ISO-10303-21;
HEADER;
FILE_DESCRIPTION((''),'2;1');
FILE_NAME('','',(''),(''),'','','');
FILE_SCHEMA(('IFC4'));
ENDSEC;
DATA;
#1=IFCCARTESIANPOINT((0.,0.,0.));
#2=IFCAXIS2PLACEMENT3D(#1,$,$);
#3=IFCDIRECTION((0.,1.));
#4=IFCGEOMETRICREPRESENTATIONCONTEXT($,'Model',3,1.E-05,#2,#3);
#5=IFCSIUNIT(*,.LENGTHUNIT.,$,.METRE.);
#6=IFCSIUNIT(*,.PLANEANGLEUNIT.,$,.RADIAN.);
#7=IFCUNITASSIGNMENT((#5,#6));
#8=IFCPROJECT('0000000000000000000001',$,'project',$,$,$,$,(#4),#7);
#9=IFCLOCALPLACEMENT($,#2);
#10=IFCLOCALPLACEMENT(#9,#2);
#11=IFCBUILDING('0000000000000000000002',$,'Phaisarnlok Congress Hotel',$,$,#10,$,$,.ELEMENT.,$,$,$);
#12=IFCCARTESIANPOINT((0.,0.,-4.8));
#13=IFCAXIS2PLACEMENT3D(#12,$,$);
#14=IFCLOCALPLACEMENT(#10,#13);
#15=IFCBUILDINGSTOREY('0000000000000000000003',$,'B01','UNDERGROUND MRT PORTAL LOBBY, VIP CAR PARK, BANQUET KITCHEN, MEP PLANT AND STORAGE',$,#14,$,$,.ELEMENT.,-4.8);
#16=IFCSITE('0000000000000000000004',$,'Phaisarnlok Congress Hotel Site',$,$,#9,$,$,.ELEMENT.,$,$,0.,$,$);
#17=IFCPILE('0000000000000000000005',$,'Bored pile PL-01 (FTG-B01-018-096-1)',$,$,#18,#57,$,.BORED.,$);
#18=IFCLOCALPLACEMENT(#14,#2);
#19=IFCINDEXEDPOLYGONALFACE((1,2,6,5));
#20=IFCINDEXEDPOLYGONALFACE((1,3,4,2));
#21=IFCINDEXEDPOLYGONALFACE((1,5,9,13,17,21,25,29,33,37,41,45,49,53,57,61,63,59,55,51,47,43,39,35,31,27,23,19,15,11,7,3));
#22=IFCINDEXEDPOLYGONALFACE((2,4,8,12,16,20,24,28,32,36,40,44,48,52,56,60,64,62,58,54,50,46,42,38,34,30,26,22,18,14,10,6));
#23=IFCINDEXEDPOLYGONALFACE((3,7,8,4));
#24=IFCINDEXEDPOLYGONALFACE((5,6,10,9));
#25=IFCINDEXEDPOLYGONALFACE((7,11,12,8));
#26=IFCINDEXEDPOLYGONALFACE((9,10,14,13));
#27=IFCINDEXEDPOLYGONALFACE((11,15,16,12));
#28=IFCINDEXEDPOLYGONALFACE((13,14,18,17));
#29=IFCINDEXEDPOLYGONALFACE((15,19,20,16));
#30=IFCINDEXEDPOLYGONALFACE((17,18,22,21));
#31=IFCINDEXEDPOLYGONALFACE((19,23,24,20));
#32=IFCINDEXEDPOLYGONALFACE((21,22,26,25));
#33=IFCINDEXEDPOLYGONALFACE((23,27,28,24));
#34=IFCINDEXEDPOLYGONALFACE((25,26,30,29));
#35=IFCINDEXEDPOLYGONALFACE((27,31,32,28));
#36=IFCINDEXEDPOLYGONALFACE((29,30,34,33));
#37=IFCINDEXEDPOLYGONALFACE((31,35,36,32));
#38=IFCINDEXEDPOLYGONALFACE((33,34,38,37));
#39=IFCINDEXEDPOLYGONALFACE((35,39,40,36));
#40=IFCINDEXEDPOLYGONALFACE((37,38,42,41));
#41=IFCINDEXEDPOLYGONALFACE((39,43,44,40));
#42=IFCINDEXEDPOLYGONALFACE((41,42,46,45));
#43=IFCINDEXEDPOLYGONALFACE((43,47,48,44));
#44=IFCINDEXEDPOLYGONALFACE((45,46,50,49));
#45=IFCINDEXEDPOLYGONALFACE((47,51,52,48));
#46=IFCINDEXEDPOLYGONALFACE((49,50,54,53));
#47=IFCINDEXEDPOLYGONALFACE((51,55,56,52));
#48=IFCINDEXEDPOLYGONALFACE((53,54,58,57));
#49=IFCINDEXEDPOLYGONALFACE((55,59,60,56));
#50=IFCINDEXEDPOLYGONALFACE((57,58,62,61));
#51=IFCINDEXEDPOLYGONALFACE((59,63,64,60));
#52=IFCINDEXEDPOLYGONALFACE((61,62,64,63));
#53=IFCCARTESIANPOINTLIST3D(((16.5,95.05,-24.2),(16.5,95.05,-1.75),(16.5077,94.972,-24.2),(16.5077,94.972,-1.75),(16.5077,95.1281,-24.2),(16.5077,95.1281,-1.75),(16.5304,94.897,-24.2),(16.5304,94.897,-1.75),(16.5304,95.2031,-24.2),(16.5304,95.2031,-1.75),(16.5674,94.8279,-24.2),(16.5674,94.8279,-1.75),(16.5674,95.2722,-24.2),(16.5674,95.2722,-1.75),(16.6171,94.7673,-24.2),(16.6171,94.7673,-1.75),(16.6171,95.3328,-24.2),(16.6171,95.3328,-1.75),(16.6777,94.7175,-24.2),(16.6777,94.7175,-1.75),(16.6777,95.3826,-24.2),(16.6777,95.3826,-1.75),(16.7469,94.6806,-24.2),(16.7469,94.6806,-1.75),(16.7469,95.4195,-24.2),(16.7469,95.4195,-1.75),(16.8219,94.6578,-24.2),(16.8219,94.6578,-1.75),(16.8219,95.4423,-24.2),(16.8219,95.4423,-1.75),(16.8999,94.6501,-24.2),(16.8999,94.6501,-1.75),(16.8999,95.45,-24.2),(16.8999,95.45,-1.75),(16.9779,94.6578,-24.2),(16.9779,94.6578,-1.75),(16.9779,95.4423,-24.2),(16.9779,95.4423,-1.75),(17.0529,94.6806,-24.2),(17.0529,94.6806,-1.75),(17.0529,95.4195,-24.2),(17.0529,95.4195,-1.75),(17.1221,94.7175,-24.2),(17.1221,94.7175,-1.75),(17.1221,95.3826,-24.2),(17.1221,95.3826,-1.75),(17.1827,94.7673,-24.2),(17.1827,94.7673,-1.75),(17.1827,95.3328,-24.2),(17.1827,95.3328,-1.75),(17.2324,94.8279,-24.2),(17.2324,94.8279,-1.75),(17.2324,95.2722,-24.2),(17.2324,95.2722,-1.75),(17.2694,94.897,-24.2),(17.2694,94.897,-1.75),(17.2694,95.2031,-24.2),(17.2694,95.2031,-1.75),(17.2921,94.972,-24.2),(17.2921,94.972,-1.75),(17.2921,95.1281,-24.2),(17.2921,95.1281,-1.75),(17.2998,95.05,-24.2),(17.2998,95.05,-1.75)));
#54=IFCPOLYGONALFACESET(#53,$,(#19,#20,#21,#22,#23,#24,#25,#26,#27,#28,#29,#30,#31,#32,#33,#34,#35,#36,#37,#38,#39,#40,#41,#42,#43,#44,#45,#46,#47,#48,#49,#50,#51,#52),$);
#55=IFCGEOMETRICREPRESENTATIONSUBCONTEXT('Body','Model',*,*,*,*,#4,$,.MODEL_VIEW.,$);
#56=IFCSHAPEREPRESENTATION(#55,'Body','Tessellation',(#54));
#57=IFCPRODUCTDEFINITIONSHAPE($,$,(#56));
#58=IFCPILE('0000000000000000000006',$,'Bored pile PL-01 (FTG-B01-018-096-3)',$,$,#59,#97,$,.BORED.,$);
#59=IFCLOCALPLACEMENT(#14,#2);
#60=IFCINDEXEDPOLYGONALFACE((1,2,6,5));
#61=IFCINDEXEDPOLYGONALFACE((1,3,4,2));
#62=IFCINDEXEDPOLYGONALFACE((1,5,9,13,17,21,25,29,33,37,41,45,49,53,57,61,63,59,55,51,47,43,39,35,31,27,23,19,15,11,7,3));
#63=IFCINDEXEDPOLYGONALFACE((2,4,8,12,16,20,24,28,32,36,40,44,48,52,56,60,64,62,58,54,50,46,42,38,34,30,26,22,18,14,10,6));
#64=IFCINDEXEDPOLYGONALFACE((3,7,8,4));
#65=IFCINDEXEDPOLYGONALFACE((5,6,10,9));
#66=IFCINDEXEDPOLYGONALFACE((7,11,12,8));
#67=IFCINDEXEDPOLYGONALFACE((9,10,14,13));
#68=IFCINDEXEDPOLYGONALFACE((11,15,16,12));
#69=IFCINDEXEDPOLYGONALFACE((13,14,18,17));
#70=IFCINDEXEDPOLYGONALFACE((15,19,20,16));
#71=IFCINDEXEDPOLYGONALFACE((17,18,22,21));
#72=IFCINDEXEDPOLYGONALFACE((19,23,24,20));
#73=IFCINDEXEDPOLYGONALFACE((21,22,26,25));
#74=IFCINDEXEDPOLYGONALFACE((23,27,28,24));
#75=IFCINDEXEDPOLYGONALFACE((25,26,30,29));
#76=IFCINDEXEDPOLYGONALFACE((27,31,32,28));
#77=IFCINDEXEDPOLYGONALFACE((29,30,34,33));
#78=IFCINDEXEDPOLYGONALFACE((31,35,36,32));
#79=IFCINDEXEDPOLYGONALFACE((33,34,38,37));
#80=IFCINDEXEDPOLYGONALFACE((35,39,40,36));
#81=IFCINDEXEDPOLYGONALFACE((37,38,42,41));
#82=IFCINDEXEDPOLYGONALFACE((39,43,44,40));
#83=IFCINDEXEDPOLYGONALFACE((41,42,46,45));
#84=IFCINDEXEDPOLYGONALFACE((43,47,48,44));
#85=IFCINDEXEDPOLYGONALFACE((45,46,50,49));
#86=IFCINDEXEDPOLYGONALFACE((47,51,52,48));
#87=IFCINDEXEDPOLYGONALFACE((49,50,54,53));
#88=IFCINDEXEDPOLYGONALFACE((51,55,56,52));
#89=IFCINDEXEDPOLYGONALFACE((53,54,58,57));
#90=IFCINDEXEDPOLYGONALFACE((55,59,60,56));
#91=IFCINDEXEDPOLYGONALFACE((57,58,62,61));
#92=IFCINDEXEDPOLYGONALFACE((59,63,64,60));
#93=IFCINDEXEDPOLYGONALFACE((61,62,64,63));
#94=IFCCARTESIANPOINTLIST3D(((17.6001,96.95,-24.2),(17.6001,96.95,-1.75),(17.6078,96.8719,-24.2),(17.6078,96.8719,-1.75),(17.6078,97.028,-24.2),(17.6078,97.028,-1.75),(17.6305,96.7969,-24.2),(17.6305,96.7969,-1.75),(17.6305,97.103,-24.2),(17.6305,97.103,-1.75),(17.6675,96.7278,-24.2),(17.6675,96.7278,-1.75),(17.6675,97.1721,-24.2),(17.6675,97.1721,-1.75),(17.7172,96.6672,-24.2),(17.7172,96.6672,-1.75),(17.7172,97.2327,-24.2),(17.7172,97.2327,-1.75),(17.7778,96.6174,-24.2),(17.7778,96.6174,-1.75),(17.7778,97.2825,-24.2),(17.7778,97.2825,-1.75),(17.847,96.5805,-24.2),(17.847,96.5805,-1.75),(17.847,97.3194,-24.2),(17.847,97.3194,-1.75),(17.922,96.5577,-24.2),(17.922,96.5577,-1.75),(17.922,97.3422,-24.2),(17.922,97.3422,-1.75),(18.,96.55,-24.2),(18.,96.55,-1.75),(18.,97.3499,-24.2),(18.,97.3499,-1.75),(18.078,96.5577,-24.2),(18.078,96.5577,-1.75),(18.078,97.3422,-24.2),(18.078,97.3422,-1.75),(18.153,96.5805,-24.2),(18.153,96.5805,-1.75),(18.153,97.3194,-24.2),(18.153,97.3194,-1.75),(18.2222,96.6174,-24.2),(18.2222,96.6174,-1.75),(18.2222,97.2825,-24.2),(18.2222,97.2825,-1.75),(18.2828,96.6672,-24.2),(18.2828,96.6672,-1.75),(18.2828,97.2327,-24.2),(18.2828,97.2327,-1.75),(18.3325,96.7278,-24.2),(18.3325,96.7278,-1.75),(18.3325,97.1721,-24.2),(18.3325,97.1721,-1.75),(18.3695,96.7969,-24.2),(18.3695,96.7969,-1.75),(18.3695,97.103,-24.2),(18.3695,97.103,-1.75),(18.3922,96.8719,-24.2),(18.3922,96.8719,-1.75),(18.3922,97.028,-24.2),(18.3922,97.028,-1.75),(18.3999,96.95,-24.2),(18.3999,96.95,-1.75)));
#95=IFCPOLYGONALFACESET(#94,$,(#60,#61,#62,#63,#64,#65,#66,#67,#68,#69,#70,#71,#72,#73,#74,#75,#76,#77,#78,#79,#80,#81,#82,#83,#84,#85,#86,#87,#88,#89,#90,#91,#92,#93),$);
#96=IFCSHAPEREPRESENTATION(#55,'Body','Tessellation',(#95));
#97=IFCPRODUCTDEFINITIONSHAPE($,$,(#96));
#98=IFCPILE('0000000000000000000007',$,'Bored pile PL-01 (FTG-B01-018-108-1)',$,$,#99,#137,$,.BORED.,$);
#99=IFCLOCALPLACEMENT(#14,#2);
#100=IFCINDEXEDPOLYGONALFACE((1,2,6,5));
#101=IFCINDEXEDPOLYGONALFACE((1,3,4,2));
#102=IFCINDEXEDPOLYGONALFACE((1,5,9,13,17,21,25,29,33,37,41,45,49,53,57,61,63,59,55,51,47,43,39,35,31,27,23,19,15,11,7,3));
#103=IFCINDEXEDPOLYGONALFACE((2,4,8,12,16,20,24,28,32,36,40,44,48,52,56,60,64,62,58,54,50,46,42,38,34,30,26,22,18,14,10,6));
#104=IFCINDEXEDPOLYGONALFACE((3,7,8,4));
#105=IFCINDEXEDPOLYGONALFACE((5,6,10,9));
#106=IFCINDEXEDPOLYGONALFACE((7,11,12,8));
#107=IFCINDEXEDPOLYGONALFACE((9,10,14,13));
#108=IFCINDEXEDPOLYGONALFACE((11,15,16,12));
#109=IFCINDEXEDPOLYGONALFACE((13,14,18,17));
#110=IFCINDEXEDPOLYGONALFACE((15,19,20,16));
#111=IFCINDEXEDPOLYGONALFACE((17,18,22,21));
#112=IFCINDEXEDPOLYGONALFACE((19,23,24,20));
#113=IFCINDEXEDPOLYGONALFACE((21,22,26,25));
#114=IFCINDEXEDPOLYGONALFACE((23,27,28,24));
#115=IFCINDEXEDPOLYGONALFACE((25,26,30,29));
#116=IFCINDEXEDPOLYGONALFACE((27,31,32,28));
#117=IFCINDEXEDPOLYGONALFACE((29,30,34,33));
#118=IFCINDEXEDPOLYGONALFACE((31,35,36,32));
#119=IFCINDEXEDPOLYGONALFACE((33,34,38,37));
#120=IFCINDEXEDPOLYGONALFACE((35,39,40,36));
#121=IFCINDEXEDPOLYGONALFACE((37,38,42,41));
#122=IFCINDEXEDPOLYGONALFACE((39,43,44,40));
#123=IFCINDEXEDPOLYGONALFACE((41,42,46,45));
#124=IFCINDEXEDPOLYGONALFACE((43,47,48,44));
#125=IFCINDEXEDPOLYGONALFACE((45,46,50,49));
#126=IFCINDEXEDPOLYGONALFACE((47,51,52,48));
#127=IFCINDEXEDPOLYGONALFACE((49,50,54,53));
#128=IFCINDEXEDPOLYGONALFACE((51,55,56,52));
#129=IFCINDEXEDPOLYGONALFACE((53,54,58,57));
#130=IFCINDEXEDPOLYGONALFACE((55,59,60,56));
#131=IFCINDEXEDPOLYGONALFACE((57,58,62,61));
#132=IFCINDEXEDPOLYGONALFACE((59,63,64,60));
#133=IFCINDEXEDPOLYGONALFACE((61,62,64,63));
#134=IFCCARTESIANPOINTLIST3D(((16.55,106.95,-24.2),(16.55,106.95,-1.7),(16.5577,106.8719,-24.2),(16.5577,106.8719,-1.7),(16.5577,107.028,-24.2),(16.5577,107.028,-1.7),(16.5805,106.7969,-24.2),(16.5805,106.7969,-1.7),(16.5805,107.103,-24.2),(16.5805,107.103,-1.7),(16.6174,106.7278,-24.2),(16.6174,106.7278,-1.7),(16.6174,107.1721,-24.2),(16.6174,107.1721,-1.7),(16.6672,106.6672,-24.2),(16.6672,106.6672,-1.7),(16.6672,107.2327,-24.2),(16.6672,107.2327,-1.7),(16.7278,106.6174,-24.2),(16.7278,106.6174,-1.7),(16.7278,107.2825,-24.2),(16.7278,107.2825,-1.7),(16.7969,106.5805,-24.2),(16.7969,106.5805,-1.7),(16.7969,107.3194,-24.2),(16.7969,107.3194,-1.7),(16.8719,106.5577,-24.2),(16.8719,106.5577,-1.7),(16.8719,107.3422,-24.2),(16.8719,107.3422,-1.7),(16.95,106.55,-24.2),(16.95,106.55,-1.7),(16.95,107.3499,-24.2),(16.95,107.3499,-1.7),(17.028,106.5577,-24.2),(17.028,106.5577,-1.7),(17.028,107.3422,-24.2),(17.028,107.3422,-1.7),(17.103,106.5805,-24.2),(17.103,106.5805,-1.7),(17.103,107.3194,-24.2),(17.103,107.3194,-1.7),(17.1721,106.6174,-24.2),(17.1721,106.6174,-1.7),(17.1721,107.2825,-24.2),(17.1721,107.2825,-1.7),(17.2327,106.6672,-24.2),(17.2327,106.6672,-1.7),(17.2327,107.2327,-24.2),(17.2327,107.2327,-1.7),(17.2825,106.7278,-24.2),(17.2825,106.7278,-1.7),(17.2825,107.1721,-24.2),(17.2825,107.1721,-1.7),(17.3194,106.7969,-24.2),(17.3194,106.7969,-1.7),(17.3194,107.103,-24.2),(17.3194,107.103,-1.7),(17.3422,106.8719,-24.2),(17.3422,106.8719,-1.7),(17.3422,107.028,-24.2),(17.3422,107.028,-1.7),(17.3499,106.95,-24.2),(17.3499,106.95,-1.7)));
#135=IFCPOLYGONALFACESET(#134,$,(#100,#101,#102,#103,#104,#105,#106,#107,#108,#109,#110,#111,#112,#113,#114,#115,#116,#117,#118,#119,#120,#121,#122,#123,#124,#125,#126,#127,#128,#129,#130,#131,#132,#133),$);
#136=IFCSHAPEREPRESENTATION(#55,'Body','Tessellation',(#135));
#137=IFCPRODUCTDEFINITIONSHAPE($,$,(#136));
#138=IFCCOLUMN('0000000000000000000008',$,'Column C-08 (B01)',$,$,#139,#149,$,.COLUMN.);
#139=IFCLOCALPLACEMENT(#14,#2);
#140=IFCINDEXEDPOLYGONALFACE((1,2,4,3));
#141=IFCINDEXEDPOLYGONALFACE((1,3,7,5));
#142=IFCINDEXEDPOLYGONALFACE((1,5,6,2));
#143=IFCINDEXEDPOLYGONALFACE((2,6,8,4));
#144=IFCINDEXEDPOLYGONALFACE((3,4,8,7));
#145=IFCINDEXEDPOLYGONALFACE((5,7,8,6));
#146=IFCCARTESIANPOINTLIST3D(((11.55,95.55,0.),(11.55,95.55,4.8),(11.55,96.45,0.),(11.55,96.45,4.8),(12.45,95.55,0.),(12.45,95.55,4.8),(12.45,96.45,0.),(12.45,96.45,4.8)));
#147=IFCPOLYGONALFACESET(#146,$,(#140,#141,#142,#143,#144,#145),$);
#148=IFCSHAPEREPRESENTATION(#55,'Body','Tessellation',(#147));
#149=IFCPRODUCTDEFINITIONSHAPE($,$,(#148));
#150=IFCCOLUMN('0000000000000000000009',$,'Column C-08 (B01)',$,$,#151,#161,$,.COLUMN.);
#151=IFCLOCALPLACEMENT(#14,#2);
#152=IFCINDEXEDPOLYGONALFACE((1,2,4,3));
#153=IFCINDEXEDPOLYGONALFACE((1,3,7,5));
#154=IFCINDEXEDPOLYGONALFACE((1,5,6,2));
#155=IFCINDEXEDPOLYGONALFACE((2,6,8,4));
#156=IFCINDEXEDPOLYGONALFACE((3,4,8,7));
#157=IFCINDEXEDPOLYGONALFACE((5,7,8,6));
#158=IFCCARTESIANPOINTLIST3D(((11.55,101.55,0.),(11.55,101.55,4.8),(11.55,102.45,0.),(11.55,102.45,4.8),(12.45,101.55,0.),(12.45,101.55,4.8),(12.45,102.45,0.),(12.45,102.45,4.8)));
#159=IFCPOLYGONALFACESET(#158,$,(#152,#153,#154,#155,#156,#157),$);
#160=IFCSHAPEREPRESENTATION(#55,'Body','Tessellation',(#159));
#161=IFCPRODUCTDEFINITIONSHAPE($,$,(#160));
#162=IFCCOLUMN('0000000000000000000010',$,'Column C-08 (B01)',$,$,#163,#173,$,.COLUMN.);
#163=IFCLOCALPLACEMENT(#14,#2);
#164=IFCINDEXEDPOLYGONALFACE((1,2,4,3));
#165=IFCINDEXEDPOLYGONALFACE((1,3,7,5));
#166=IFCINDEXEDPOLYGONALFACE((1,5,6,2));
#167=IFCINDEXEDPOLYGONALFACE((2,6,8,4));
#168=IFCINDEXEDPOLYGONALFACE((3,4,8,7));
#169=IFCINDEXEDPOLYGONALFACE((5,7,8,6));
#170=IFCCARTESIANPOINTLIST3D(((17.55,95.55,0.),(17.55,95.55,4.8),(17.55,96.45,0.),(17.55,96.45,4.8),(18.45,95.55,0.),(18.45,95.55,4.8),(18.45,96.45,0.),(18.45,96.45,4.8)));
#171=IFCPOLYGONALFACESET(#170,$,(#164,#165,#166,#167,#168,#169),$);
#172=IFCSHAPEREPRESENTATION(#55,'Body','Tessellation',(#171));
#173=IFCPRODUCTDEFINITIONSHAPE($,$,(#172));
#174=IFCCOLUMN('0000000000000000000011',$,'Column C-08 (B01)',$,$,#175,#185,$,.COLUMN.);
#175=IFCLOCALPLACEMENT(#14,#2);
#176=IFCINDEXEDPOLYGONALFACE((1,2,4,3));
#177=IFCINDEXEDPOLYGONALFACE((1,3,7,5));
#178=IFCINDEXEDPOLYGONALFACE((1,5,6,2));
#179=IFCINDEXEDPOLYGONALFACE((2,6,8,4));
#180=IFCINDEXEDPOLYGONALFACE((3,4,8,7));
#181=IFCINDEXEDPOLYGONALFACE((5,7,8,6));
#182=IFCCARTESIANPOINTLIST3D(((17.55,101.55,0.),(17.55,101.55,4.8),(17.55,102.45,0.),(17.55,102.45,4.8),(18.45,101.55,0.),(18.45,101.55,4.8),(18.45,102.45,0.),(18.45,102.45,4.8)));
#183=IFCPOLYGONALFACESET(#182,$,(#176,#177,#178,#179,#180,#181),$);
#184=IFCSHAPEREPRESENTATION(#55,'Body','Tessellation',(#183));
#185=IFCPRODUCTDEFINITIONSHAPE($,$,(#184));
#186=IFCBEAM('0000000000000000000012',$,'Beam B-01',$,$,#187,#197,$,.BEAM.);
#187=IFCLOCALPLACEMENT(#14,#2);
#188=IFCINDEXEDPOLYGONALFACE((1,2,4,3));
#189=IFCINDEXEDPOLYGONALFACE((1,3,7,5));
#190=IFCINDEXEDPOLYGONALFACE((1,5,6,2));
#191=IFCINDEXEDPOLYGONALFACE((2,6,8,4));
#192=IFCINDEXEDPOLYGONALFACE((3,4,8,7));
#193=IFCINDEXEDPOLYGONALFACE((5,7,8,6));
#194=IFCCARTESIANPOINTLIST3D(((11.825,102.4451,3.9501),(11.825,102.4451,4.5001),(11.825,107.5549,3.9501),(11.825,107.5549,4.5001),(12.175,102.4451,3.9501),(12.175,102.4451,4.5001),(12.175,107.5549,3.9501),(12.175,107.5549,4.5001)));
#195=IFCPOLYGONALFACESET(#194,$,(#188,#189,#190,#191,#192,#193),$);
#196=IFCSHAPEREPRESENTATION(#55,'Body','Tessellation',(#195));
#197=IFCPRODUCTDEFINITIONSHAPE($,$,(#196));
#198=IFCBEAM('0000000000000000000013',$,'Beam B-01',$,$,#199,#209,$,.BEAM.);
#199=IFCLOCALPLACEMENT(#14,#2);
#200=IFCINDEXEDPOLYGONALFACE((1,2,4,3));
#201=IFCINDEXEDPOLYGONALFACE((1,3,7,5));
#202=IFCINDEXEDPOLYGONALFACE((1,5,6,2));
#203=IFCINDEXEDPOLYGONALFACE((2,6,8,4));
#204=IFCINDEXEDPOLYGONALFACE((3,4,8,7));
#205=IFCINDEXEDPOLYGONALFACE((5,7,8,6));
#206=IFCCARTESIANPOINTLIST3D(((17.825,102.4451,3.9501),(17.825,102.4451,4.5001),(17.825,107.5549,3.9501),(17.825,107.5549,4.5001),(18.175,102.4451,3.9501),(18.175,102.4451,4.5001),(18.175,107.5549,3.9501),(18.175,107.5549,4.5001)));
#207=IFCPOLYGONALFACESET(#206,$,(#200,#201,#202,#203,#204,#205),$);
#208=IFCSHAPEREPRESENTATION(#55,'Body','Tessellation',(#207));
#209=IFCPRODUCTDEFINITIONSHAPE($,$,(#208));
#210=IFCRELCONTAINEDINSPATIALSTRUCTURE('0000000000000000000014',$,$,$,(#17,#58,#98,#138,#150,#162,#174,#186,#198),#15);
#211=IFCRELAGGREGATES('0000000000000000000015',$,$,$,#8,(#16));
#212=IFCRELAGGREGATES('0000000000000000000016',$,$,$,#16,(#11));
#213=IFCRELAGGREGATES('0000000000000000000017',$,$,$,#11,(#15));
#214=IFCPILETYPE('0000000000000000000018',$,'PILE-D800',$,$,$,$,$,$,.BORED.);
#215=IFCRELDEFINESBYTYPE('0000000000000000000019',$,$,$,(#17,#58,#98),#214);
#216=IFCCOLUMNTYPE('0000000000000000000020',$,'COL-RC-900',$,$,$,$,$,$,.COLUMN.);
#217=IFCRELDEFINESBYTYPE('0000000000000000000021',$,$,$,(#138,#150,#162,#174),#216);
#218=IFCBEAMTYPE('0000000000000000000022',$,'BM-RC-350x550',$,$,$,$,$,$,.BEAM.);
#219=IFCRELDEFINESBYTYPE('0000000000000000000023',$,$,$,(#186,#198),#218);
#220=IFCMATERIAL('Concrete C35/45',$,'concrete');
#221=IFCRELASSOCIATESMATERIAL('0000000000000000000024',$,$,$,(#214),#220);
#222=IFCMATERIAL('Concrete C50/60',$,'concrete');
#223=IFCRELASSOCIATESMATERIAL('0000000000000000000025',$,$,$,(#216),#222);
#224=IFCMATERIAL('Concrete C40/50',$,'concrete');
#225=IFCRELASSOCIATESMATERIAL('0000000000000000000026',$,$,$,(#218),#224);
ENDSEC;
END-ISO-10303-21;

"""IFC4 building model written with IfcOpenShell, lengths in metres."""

from ifc_helpers import new_model, si_unit, direction, frame, origin, origin_2d, place, context, subcontext, project, spatial, rectangle, circle, extrude, material, material_profile, profile_set, type_object, element, save


model = new_model("IFC4")

# Units and contexts
model_context = context("Model", 3, precision=1e-05, world=origin(), true_north=direction((0.0, 1.0)))
body_context = subcontext(model_context, "Body", "Model", "MODEL_VIEW")
ifc_project = project(units=[si_unit("LENGTHUNIT", "METRE"), si_unit("PLANEANGLEUNIT", "RADIAN")], contexts=[model_context])

# Site, building, storey
site_placement = place(None, origin())
site = spatial("IfcSite", under=ifc_project, at=site_placement, Name="Phaisarnlok Congress Hotel Site", CompositionType="ELEMENT", RefElevation=0.0)
building_placement = place(site_placement, origin())
building = spatial("IfcBuilding", under=site, at=building_placement, Name="Phaisarnlok Congress Hotel", CompositionType="ELEMENT")
storey_placement = place(building_placement, frame((0.0, 0.0, -4.8)))
storey = spatial("IfcBuildingStorey", under=building, at=storey_placement, Name="B01", Description="UNDERGROUND MRT PORTAL LOBBY, VIP CAR PARK, BANQUET KITCHEN, MEP PLANT AND STORAGE", CompositionType="ELEMENT", Elevation=-4.8)

# Shared definitions
ifc_material_1 = material(Name="Concrete C40/50", Category="concrete")

# Piles
ifc_material_2 = material(Name="Concrete C35/45", Category="concrete")
ifc_material_profile_1 = material_profile(ifc_material_2, circle(Radius=0.3999, at=origin_2d()), Name="BORED PILE D800")
ifc_profile_set_1 = profile_set([ifc_material_profile_1], Name="Concrete C35/45")
pile_type_1 = type_object("IfcPileType", Name="PILE-D800", PredefinedType="BORED", material=ifc_profile_set_1)
for number, where, z_axis, x_axis, name in (
    (1, (16.8999, 95.05, -1.75), (0.0, 0.0, -1.0), (1.0, 0.0, 0.0), "Bored pile PL-01 (FTG-B01-018-096-1)"),
    (2, (18.0, 96.95, -1.75), (0.0, 0.0, -1.0), (1.0, 0.0, 0.0), "Bored pile PL-01 (FTG-B01-018-096-3)"),
):
    element("IfcPile", number, at=place(storey_placement, frame(where, z_axis=z_axis, x_axis=x_axis)), inside=storey, type_object=pile_type_1, Name=name, PredefinedType="BORED", context=body_context, shape_type="SweptSolid", body=[
        extrude(circle(Radius=0.3999, at=origin_2d()), origin(), (0.0, 0.0, 1.0), 22.45),
    ])
pile_1_placement = place(storey_placement, frame((16.95, 106.95, -1.7), z_axis=(0.0, 0.0, -1.0), x_axis=(1.0, 0.0, 0.0)))
element("IfcPile", 3, at=pile_1_placement, inside=storey, type_object=pile_type_1, Name="Bored pile PL-01 (FTG-B01-018-108-1)", PredefinedType="BORED", context=body_context, shape_type="SweptSolid", body=[
    extrude(circle(Radius=0.3999, at=origin_2d()), origin(), (0.0, 0.0, 1.0), 22.5),
])

# Columns
ifc_material_3 = material(Name="Concrete C50/60", Category="concrete")
ifc_material_profile_2 = material_profile(ifc_material_3, rectangle(XDim=0.8999, YDim=0.8999, at=origin_2d()), Name="RC 900x900")
ifc_profile_set_2 = profile_set([ifc_material_profile_2], Name="Concrete C50/60")
column_type = type_object("IfcColumnType", Name="COL-RC-900", PredefinedType="COLUMN", material=ifc_profile_set_2)
for number, where, z_axis, x_axis, name in (
    (4, (12.0, 96.0, 0.0), (0.0, 0.0, 1.0), (1.0, 0.0, 0.0), "Column C-08 (B01)"),
    (5, (12.0, 102.0, 0.0), (0.0, 0.0, 1.0), (1.0, 0.0, 0.0), "Column C-08 (B01)"),
    (6, (18.0, 96.0, 0.0), (0.0, 0.0, 1.0), (1.0, 0.0, 0.0), "Column C-08 (B01)"),
    (7, (18.0, 102.0, 0.0), (0.0, 0.0, 1.0), (1.0, 0.0, 0.0), "Column C-08 (B01)"),
):
    element("IfcColumn", number, at=place(storey_placement, frame(where, z_axis=z_axis, x_axis=x_axis)), inside=storey, type_object=column_type, Name=name, PredefinedType="COLUMN", context=body_context, shape_type="SweptSolid", body=[
        extrude(rectangle(XDim=0.8999, YDim=0.8999, at=origin_2d()), origin(), (0.0, 0.0, 1.0), 4.8),
    ])

# Beams
ifc_material_profile_3 = material_profile(ifc_material_1, rectangle(XDim=0.3501, YDim=0.55, at=origin_2d()), Name="RC 350x550")
ifc_profile_set_3 = profile_set([ifc_material_profile_3], Name="Concrete C40/50")
beam_type_1 = type_object("IfcBeamType", Name="BM-RC-350x550", PredefinedType="BEAM", material=ifc_profile_set_3)
for number, where, z_axis, x_axis, name in (
    (8, (12.0, 102.4451, 4.2251), (0.0, 1.0, 0.0), (-1.0, 0.0, 0.0), "Beam B-01"),
    (9, (18.0, 102.4451, 4.2251), (0.0, 1.0, 0.0), (-1.0, 0.0, 0.0), "Beam B-01"),
):
    element("IfcBeam", number, at=place(storey_placement, frame(where, z_axis=z_axis, x_axis=x_axis)), inside=storey, type_object=beam_type_1, Name=name, PredefinedType="BEAM", context=body_context, shape_type="SweptSolid", body=[
        extrude(rectangle(XDim=0.3501, YDim=0.55, at=origin_2d()), origin(), (0.0, 0.0, 1.0), 5.1099),
    ])

save(model, "model.ifc")
